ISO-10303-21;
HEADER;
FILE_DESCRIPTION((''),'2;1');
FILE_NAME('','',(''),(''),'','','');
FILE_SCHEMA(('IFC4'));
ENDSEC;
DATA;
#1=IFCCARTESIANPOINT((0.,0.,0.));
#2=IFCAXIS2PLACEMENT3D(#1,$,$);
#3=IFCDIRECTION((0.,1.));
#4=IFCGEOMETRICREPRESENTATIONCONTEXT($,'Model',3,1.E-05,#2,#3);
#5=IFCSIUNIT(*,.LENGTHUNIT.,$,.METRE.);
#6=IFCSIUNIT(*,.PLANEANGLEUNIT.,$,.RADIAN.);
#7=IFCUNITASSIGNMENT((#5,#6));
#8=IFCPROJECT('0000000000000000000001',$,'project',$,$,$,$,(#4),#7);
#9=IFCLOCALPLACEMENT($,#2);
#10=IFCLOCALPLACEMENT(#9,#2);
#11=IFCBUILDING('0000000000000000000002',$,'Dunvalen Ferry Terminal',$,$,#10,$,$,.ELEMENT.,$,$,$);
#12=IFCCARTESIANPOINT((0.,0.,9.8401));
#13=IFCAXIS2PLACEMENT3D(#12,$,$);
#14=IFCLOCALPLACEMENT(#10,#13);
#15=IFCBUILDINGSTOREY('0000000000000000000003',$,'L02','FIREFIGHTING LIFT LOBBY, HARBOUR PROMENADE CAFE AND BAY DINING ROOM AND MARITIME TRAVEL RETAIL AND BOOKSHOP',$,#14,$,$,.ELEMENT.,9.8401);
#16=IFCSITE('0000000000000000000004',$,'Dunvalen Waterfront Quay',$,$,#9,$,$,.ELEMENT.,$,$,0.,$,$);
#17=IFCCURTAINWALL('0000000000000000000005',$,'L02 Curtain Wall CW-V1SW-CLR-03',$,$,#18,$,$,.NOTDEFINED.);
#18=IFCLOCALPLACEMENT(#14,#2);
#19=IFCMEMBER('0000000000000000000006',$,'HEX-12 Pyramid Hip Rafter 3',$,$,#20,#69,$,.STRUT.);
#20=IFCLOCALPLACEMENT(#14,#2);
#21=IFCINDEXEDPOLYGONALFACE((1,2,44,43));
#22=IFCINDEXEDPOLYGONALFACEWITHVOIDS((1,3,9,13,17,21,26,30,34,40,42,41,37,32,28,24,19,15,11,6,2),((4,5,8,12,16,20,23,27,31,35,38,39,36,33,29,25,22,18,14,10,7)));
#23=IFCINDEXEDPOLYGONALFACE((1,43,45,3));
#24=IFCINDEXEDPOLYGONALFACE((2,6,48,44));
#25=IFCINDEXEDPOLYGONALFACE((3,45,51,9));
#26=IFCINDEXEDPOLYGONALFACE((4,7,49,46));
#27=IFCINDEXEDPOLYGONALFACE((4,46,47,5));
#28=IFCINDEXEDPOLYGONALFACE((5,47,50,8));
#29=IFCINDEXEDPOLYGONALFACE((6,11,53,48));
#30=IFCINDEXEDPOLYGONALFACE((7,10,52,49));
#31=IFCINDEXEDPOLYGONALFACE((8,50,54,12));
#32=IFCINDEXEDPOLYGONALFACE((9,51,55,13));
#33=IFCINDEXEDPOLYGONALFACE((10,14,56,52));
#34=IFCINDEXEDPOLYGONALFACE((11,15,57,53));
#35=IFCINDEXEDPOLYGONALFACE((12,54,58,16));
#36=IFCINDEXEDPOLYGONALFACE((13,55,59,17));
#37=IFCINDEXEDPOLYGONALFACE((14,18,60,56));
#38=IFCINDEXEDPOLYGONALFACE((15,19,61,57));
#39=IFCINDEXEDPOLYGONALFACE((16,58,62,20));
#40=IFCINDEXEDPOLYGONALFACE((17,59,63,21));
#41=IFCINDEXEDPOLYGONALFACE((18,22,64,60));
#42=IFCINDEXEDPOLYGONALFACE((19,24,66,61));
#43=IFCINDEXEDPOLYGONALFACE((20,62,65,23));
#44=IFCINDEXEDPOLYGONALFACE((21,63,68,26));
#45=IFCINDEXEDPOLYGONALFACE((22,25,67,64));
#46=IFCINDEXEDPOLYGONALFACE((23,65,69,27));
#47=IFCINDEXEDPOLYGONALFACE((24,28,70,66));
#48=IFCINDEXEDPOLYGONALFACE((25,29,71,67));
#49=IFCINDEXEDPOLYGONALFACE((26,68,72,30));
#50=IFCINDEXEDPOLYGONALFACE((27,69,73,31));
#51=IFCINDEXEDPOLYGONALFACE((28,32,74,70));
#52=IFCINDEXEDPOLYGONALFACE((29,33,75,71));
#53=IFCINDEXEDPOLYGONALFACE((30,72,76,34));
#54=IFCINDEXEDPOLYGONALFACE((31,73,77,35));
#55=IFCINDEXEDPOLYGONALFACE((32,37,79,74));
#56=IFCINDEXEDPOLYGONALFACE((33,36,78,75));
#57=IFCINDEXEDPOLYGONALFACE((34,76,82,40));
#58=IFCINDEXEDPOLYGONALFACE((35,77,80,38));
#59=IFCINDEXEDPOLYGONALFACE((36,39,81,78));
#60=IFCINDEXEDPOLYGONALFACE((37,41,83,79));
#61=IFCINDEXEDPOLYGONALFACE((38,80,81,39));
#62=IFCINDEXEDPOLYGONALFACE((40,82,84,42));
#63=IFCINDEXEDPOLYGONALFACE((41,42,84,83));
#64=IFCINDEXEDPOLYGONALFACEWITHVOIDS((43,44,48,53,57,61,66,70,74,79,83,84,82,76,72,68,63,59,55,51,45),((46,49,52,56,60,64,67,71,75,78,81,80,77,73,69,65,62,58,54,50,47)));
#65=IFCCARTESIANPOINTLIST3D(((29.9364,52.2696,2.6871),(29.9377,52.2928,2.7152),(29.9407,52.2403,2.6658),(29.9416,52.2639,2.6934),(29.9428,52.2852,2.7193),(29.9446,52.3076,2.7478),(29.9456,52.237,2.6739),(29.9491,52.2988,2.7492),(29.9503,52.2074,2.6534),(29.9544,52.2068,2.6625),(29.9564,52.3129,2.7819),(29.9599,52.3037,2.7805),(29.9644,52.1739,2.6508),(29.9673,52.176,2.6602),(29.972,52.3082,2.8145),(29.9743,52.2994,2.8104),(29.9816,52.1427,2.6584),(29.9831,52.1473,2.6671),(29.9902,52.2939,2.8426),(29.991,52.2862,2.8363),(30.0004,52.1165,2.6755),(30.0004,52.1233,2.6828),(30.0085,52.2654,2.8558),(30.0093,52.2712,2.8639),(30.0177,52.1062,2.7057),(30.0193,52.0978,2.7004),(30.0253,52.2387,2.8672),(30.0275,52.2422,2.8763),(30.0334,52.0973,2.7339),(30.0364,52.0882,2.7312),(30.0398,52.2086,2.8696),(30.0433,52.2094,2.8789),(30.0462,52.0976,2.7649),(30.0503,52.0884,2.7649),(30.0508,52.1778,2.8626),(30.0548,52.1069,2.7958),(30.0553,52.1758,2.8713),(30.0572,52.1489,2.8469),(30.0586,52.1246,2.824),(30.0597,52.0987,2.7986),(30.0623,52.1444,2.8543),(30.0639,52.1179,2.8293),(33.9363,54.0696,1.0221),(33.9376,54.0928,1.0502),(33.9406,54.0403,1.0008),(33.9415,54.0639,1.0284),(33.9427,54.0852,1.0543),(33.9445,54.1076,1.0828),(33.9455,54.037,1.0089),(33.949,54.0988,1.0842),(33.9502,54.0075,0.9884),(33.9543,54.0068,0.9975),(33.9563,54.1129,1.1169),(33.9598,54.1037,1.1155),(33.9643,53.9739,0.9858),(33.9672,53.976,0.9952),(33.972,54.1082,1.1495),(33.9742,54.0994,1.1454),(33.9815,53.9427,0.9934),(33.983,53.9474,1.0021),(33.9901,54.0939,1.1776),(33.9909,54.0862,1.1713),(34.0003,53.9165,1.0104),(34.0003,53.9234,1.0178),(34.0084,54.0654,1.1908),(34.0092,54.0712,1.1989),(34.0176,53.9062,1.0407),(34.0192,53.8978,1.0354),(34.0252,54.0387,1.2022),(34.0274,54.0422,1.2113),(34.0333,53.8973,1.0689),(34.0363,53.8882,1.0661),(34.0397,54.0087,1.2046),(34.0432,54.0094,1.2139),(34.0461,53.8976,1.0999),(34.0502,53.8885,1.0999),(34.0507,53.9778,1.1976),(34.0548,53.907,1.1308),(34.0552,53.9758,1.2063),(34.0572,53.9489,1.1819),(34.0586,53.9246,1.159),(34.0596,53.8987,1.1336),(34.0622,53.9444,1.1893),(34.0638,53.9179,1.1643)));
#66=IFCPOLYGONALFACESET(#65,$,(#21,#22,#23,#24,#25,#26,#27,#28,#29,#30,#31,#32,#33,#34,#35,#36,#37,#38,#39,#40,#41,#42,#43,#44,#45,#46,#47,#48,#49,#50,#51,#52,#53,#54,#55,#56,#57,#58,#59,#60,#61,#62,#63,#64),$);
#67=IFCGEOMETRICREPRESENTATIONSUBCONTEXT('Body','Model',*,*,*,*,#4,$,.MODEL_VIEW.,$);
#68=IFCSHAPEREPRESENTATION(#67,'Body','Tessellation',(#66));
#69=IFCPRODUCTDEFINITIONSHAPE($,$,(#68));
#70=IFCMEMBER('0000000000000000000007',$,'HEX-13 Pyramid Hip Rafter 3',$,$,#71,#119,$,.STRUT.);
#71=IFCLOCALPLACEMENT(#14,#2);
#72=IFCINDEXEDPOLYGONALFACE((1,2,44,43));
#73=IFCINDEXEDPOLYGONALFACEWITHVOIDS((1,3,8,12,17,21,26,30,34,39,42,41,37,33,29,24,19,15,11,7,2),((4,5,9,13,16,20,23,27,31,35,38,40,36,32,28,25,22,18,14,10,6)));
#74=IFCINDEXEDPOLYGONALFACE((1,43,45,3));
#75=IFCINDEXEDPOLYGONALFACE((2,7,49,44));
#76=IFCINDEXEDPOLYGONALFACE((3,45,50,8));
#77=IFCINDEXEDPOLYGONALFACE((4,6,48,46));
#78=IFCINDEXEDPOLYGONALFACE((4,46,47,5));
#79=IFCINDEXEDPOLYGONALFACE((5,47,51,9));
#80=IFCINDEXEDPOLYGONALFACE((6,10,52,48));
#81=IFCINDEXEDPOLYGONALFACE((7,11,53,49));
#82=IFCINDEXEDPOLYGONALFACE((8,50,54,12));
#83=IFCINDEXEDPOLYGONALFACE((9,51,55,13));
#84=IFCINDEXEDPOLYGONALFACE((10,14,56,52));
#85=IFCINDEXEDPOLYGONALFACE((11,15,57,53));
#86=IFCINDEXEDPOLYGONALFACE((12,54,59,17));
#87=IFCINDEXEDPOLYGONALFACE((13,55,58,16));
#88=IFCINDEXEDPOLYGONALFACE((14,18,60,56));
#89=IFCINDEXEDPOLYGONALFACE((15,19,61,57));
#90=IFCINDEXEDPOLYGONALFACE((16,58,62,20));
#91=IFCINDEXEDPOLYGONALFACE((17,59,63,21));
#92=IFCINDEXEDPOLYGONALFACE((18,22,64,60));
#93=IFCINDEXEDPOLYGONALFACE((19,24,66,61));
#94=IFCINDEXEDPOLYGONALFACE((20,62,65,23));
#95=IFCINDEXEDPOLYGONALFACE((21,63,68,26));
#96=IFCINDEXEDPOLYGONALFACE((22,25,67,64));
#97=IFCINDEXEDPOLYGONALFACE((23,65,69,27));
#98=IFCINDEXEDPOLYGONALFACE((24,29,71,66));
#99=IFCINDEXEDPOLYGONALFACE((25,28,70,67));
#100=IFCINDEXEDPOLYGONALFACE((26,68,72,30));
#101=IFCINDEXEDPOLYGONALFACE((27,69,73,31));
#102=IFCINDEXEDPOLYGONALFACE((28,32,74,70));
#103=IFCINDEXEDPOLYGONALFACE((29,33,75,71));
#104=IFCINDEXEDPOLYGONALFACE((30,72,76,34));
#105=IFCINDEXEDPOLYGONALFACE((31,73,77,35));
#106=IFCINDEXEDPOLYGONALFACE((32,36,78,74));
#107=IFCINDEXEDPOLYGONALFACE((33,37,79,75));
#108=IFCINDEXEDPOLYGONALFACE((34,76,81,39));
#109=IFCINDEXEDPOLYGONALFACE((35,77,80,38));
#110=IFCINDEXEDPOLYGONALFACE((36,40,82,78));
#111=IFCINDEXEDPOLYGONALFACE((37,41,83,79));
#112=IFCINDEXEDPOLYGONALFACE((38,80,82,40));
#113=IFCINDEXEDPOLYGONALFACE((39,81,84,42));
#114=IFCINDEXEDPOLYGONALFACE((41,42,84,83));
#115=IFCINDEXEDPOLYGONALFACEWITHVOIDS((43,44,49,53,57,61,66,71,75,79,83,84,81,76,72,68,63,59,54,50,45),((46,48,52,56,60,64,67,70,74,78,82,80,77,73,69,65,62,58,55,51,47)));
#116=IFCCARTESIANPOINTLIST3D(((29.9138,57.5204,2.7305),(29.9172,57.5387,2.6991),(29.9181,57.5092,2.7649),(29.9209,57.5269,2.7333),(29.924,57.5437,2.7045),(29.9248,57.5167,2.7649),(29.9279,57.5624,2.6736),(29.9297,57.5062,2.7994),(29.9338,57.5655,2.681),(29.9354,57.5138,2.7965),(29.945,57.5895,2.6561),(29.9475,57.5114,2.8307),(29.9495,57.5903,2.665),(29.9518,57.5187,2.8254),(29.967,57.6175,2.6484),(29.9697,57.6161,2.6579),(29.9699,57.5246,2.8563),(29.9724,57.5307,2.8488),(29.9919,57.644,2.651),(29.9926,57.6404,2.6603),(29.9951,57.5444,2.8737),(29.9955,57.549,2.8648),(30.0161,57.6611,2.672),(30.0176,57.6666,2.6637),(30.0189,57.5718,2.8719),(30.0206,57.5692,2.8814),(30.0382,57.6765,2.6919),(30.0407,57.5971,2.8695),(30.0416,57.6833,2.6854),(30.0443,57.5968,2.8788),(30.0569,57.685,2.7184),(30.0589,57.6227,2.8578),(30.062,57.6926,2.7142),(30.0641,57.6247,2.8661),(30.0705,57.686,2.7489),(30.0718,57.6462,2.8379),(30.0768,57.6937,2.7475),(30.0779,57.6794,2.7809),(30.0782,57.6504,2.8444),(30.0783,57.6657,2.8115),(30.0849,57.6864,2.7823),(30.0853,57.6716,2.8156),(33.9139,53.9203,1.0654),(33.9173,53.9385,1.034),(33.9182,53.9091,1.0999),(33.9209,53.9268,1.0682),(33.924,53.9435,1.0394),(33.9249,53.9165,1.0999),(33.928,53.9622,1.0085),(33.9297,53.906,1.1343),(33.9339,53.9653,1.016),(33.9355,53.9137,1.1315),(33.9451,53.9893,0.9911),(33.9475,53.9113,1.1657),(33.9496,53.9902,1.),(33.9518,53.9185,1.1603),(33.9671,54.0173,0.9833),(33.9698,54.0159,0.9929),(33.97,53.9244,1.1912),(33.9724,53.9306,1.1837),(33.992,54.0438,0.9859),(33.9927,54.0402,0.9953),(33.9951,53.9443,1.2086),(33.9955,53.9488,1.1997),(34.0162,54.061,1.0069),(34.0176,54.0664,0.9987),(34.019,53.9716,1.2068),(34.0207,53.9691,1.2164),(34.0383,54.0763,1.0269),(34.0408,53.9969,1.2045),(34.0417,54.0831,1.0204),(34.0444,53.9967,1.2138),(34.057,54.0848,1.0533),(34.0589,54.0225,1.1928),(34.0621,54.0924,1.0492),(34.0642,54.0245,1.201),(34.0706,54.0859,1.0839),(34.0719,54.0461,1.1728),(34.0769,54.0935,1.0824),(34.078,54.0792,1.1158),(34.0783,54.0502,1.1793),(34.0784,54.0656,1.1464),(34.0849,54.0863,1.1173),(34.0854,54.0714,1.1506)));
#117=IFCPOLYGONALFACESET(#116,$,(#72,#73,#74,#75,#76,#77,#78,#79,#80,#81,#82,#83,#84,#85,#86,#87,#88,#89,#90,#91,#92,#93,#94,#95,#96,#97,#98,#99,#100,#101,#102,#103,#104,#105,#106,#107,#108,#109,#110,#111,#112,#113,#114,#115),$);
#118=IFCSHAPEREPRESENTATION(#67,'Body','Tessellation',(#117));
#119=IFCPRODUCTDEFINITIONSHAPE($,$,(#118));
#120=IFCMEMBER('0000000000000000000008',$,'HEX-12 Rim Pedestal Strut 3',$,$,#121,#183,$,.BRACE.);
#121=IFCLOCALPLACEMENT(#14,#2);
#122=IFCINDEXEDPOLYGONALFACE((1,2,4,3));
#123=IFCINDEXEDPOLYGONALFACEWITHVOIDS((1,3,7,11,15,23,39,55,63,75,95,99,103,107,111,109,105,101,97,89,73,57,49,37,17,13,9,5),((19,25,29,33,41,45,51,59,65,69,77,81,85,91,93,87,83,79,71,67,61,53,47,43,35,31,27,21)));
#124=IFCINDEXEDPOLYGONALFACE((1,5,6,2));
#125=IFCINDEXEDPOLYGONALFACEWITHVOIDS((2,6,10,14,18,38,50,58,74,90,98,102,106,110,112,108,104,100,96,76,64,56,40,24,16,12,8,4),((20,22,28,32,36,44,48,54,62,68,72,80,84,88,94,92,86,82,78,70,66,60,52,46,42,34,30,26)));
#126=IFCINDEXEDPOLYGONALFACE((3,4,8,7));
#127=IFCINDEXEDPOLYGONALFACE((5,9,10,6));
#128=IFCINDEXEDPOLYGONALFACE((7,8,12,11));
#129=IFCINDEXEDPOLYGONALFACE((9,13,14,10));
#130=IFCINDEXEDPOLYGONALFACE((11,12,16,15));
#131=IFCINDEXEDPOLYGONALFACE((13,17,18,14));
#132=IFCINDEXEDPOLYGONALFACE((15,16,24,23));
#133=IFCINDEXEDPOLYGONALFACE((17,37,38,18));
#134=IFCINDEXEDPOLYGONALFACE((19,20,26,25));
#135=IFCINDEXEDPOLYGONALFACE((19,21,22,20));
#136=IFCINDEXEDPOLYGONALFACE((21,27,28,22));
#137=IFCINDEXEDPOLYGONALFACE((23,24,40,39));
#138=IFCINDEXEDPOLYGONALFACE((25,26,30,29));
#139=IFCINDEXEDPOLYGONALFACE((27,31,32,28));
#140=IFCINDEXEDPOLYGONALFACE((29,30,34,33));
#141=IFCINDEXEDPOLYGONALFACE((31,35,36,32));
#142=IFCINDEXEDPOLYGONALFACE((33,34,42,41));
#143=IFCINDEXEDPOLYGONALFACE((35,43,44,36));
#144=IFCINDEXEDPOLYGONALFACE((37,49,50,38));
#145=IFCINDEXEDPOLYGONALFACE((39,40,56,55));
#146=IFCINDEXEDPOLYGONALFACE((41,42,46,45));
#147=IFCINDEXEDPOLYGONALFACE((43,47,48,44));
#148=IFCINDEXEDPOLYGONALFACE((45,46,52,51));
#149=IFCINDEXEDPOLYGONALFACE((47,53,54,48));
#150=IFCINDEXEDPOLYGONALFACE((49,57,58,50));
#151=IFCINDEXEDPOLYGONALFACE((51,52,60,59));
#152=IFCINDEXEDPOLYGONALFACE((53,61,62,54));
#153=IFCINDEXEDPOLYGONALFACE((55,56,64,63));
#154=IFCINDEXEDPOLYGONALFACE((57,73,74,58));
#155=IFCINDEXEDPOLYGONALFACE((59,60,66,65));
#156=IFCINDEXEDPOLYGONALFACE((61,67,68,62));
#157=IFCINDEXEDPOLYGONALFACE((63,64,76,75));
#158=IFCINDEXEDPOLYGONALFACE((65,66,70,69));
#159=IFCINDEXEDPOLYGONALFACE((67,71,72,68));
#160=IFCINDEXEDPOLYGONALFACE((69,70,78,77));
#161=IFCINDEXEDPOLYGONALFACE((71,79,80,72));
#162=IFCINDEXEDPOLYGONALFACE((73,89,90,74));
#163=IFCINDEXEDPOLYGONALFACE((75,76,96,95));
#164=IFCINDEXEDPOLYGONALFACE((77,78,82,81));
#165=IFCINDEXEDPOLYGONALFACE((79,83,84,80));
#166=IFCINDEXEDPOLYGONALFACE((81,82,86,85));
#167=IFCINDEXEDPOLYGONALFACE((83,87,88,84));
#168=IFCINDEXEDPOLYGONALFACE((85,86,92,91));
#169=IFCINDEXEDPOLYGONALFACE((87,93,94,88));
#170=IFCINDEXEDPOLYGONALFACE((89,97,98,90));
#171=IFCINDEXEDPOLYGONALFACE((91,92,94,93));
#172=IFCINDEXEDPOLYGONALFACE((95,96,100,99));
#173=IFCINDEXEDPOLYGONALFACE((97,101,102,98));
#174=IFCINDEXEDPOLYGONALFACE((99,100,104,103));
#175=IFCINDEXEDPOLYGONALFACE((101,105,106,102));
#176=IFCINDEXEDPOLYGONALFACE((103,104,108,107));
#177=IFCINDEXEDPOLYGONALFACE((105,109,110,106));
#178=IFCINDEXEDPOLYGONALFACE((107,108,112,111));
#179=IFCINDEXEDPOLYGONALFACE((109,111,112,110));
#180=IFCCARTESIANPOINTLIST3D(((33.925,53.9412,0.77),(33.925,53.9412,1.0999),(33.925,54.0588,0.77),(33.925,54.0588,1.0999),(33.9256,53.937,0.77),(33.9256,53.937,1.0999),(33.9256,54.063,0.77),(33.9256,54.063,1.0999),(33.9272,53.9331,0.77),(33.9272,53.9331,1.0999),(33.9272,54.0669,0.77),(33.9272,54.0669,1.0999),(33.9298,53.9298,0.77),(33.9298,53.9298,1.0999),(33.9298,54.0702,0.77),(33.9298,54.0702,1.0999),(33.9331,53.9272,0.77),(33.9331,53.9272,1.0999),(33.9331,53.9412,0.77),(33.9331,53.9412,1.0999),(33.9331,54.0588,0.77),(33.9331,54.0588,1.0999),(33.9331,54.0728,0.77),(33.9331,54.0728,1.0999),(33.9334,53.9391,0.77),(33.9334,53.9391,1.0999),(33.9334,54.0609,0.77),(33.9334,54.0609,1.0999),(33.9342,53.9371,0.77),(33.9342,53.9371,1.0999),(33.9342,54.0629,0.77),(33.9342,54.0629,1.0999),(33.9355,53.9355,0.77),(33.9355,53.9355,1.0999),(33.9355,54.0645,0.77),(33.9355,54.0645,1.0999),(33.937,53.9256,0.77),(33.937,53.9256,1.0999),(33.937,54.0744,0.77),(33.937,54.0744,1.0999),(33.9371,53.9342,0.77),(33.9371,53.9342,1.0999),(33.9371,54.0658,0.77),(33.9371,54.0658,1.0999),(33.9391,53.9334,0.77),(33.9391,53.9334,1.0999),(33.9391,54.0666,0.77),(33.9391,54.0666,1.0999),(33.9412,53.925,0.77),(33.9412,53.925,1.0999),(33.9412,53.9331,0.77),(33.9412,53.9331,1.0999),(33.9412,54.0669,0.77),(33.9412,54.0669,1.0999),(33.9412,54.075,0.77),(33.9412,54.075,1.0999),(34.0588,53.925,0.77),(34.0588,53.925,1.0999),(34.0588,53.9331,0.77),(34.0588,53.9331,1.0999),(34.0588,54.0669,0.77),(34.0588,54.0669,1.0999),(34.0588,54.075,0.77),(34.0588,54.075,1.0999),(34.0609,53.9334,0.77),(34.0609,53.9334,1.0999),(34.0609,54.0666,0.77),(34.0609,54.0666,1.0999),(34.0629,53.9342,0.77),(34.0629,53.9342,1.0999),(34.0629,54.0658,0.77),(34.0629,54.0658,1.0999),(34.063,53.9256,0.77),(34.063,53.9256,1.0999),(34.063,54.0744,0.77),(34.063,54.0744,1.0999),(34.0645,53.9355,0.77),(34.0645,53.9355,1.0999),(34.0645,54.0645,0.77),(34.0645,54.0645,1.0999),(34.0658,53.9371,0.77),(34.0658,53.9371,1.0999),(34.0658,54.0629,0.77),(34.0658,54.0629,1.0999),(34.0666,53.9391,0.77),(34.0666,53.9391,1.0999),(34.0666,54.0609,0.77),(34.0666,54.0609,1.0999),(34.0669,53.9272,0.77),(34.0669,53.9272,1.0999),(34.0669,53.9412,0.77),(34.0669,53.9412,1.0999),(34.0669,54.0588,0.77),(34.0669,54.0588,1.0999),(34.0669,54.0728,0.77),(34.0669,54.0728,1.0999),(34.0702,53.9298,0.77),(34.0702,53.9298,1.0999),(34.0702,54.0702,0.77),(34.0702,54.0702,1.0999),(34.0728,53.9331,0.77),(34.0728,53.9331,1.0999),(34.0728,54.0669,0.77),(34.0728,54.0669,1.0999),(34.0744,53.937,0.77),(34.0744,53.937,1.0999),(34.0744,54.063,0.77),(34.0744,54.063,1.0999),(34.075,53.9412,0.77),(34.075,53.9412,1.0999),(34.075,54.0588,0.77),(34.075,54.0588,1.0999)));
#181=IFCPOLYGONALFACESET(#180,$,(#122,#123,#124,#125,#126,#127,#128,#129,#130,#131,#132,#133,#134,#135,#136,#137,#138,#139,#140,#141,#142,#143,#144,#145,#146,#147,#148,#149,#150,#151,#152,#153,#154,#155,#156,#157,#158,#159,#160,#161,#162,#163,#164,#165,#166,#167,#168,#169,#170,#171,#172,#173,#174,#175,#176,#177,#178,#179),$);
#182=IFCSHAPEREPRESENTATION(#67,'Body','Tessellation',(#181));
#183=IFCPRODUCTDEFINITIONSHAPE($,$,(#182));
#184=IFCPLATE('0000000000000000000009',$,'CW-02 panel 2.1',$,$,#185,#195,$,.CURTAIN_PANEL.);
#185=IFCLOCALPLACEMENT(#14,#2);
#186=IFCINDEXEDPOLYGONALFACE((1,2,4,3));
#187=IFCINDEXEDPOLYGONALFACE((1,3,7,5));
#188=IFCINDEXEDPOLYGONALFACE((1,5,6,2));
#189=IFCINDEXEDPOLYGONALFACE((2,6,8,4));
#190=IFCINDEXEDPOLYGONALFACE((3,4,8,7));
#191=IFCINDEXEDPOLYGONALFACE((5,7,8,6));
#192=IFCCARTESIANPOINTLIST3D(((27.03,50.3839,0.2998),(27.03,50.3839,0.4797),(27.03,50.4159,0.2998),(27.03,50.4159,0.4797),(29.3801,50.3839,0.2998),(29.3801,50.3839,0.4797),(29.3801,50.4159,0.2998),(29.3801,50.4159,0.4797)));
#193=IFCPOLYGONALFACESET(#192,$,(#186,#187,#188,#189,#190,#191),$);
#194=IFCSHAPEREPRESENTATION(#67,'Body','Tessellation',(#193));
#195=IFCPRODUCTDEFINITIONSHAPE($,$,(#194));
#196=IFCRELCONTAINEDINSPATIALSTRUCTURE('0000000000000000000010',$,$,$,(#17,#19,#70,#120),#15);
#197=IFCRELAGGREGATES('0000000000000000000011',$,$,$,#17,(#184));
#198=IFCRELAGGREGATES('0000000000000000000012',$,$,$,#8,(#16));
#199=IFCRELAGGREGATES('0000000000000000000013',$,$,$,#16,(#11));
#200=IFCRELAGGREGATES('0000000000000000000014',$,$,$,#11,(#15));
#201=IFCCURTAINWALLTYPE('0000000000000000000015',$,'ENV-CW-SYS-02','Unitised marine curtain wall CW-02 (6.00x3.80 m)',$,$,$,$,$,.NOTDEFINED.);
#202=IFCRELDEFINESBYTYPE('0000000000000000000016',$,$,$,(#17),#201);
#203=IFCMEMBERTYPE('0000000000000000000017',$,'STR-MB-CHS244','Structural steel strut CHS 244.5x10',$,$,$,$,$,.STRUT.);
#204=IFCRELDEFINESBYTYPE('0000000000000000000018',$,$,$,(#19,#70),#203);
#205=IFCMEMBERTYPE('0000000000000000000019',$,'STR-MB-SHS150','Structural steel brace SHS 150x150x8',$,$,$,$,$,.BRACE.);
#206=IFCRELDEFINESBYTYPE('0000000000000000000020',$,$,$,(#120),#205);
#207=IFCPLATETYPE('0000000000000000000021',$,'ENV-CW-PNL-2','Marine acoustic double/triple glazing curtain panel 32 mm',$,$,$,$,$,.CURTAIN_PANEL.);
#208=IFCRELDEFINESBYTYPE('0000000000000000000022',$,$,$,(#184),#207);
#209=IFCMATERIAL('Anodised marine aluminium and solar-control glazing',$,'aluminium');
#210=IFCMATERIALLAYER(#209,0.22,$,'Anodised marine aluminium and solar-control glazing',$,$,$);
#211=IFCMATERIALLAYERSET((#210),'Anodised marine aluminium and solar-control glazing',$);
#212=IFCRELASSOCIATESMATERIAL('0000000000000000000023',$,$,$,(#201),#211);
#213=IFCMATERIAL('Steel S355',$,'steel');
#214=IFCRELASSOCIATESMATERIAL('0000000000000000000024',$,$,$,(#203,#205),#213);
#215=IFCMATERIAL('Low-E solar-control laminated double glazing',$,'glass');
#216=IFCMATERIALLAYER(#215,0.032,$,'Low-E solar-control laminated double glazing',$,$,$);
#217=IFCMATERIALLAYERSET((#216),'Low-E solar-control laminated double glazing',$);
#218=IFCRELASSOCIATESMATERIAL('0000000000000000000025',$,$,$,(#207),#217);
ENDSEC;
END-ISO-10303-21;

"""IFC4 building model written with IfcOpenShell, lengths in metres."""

from ifc_helpers import new_model, si_unit, direction, frame, origin, origin_2d, place, context, subcontext, project, spatial, rectangle, hollow_rectangle, hollow_circle, extrude, material, layer, layer_set, material_profile, profile_set, type_object, element, aggregate, save


model = new_model("IFC4")

# Units and contexts
model_context = context("Model", 3, precision=1e-05, world=origin(), true_north=direction((0.0, 1.0)))
body_context = subcontext(model_context, "Body", "Model", "MODEL_VIEW")
ifc_project = project(units=[si_unit("LENGTHUNIT", "METRE"), si_unit("PLANEANGLEUNIT", "RADIAN")], contexts=[model_context])

# Site, building, storey
site_placement = place(None, origin())
site = spatial("IfcSite", under=ifc_project, at=site_placement, Name="Dunvalen Waterfront Quay", CompositionType="ELEMENT", RefElevation=0.0)
building_placement = place(site_placement, origin())
building = spatial("IfcBuilding", under=site, at=building_placement, Name="Dunvalen Ferry Terminal", CompositionType="ELEMENT")
storey_placement = place(building_placement, frame((0.0, 0.0, 9.8401)))
storey = spatial("IfcBuildingStorey", under=building, at=storey_placement, Name="L02", Description="FIREFIGHTING LIFT LOBBY, HARBOUR PROMENADE CAFE AND BAY DINING ROOM AND MARITIME TRAVEL RETAIL AND BOOKSHOP", CompositionType="ELEMENT", Elevation=9.8401)

# Curtain wall
ifc_material_1 = material(Name="Anodised marine aluminium and solar-control glazing", Category="aluminium")
ifc_layer_1 = layer(ifc_material_1, 0.22, Name="Anodised marine aluminium and solar-control glazing")
ifc_layer_set_1 = layer_set([ifc_layer_1], Name="Anodised marine aluminium and solar-control glazing")
curtain_wall_type = type_object("IfcCurtainWallType", Name="ENV-CW-SYS-02", Description="Unitised marine curtain wall CW-02 (6.00x3.80 m)", PredefinedType="NOTDEFINED", material=ifc_layer_set_1)
curtain_wall_1_placement = place(storey_placement, origin())
curtain_wall_1 = element("IfcCurtainWall", 1, at=curtain_wall_1_placement, inside=storey, type_object=curtain_wall_type, Name="L02 Curtain Wall CW-V1SW-CLR-03", PredefinedType="NOTDEFINED")

# Shared definitions
ifc_material_2 = material(Name="Steel S355", Category="steel")

# Members
ifc_material_profile_1 = material_profile(ifc_material_2, hollow_circle(Radius=0.1223, WallThickness=0.01, at=origin_2d()), Name="Steel S355")
ifc_profile_set_1 = profile_set([ifc_material_profile_1], Name="Steel S355")
member_type_1 = type_object("IfcMemberType", Name="STR-MB-CHS244", Description="Structural steel strut CHS 244.5x10", PredefinedType="STRUT", material=ifc_profile_set_1)
member_1_placement = place(storey_placement, frame((34.0, 54.0, 1.0999), z_axis=(-0.85256, -0.383662, 0.354886), x_axis=(0.410374, -0.911917, 0.0)))
element("IfcMember", 2, at=member_1_placement, inside=storey, type_object=member_type_1, Name="HEX-12 Pyramid Hip Rafter 3", PredefinedType="STRUT", context=body_context, shape_type="SweptSolid", body=[
    extrude(hollow_circle(Radius=0.1223, WallThickness=0.01, at=origin_2d()), origin(), (0.0, 0.0, 1.0), 4.6917),
])
member_2_placement = place(storey_placement, frame((34.0, 54.0, 1.0999), z_axis=(-0.710075, 0.639085, 0.295576), x_axis=(-0.668975, -0.743285, 0.0)))
element("IfcMember", 3, at=member_2_placement, inside=storey, type_object=member_type_1, Name="HEX-13 Pyramid Hip Rafter 3", PredefinedType="STRUT", context=body_context, shape_type="SweptSolid", body=[
    extrude(hollow_circle(Radius=0.1223, WallThickness=0.01, at=origin_2d()), origin(), (0.0, 0.0, 1.0), 5.6333),
])
ifc_material_profile_2 = material_profile(ifc_material_2, hollow_rectangle(XDim=0.1499, YDim=0.1499, WallThickness=0.0081, InnerFilletRadius=0.0081, OuterFilletRadius=0.0161, at=origin_2d()), Name="Steel S355")
ifc_profile_set_2 = profile_set([ifc_material_profile_2], Name="Steel S355")
member_type_2 = type_object("IfcMemberType", Name="STR-MB-SHS150", Description="Structural steel brace SHS 150x150x8", PredefinedType="BRACE", material=ifc_profile_set_2)
member_3_placement = place(storey_placement, frame((34.0, 54.0, 0.77), z_axis=(0.0, 0.0, 1.0), x_axis=(1.0, 0.0, 0.0)))
element("IfcMember", 4, at=member_3_placement, inside=storey, type_object=member_type_2, Name="HEX-12 Rim Pedestal Strut 3", PredefinedType="BRACE", context=body_context, shape_type="SweptSolid", body=[
    extrude(hollow_rectangle(XDim=0.1499, YDim=0.1499, WallThickness=0.0081, InnerFilletRadius=0.0081, OuterFilletRadius=0.0161, at=origin_2d()), origin(), (0.0, 0.0, 1.0), 0.3298),
])

# Plate
ifc_material_3 = material(Name="Low-E solar-control laminated double glazing", Category="glass")
ifc_layer_2 = layer(ifc_material_3, 0.032, Name="Low-E solar-control laminated double glazing")
ifc_layer_set_2 = layer_set([ifc_layer_2], Name="Low-E solar-control laminated double glazing")
plate_type_1 = type_object("IfcPlateType", Name="ENV-CW-PNL-2", Description="Marine acoustic double/triple glazing curtain panel 32 mm", PredefinedType="CURTAIN_PANEL", material=ifc_layer_set_2)
plate_1_placement = place(storey_placement, frame((28.2051, 50.3999, 0.2998), z_axis=(0.0, 0.0, 1.0), x_axis=(1.0, 0.0, 0.0)))
plate_1 = element("IfcPlate", 5, at=plate_1_placement, type_object=plate_type_1, Name="CW-02 panel 2.1", PredefinedType="CURTAIN_PANEL", context=body_context, shape_type="SweptSolid", body=[
    extrude(rectangle(XDim=2.3501, YDim=0.032, at=origin_2d()), origin(), (0.0, 0.0, 1.0), 0.1799),
])
aggregate(curtain_wall_1, [plate_1])

save(model, "model.ifc")
